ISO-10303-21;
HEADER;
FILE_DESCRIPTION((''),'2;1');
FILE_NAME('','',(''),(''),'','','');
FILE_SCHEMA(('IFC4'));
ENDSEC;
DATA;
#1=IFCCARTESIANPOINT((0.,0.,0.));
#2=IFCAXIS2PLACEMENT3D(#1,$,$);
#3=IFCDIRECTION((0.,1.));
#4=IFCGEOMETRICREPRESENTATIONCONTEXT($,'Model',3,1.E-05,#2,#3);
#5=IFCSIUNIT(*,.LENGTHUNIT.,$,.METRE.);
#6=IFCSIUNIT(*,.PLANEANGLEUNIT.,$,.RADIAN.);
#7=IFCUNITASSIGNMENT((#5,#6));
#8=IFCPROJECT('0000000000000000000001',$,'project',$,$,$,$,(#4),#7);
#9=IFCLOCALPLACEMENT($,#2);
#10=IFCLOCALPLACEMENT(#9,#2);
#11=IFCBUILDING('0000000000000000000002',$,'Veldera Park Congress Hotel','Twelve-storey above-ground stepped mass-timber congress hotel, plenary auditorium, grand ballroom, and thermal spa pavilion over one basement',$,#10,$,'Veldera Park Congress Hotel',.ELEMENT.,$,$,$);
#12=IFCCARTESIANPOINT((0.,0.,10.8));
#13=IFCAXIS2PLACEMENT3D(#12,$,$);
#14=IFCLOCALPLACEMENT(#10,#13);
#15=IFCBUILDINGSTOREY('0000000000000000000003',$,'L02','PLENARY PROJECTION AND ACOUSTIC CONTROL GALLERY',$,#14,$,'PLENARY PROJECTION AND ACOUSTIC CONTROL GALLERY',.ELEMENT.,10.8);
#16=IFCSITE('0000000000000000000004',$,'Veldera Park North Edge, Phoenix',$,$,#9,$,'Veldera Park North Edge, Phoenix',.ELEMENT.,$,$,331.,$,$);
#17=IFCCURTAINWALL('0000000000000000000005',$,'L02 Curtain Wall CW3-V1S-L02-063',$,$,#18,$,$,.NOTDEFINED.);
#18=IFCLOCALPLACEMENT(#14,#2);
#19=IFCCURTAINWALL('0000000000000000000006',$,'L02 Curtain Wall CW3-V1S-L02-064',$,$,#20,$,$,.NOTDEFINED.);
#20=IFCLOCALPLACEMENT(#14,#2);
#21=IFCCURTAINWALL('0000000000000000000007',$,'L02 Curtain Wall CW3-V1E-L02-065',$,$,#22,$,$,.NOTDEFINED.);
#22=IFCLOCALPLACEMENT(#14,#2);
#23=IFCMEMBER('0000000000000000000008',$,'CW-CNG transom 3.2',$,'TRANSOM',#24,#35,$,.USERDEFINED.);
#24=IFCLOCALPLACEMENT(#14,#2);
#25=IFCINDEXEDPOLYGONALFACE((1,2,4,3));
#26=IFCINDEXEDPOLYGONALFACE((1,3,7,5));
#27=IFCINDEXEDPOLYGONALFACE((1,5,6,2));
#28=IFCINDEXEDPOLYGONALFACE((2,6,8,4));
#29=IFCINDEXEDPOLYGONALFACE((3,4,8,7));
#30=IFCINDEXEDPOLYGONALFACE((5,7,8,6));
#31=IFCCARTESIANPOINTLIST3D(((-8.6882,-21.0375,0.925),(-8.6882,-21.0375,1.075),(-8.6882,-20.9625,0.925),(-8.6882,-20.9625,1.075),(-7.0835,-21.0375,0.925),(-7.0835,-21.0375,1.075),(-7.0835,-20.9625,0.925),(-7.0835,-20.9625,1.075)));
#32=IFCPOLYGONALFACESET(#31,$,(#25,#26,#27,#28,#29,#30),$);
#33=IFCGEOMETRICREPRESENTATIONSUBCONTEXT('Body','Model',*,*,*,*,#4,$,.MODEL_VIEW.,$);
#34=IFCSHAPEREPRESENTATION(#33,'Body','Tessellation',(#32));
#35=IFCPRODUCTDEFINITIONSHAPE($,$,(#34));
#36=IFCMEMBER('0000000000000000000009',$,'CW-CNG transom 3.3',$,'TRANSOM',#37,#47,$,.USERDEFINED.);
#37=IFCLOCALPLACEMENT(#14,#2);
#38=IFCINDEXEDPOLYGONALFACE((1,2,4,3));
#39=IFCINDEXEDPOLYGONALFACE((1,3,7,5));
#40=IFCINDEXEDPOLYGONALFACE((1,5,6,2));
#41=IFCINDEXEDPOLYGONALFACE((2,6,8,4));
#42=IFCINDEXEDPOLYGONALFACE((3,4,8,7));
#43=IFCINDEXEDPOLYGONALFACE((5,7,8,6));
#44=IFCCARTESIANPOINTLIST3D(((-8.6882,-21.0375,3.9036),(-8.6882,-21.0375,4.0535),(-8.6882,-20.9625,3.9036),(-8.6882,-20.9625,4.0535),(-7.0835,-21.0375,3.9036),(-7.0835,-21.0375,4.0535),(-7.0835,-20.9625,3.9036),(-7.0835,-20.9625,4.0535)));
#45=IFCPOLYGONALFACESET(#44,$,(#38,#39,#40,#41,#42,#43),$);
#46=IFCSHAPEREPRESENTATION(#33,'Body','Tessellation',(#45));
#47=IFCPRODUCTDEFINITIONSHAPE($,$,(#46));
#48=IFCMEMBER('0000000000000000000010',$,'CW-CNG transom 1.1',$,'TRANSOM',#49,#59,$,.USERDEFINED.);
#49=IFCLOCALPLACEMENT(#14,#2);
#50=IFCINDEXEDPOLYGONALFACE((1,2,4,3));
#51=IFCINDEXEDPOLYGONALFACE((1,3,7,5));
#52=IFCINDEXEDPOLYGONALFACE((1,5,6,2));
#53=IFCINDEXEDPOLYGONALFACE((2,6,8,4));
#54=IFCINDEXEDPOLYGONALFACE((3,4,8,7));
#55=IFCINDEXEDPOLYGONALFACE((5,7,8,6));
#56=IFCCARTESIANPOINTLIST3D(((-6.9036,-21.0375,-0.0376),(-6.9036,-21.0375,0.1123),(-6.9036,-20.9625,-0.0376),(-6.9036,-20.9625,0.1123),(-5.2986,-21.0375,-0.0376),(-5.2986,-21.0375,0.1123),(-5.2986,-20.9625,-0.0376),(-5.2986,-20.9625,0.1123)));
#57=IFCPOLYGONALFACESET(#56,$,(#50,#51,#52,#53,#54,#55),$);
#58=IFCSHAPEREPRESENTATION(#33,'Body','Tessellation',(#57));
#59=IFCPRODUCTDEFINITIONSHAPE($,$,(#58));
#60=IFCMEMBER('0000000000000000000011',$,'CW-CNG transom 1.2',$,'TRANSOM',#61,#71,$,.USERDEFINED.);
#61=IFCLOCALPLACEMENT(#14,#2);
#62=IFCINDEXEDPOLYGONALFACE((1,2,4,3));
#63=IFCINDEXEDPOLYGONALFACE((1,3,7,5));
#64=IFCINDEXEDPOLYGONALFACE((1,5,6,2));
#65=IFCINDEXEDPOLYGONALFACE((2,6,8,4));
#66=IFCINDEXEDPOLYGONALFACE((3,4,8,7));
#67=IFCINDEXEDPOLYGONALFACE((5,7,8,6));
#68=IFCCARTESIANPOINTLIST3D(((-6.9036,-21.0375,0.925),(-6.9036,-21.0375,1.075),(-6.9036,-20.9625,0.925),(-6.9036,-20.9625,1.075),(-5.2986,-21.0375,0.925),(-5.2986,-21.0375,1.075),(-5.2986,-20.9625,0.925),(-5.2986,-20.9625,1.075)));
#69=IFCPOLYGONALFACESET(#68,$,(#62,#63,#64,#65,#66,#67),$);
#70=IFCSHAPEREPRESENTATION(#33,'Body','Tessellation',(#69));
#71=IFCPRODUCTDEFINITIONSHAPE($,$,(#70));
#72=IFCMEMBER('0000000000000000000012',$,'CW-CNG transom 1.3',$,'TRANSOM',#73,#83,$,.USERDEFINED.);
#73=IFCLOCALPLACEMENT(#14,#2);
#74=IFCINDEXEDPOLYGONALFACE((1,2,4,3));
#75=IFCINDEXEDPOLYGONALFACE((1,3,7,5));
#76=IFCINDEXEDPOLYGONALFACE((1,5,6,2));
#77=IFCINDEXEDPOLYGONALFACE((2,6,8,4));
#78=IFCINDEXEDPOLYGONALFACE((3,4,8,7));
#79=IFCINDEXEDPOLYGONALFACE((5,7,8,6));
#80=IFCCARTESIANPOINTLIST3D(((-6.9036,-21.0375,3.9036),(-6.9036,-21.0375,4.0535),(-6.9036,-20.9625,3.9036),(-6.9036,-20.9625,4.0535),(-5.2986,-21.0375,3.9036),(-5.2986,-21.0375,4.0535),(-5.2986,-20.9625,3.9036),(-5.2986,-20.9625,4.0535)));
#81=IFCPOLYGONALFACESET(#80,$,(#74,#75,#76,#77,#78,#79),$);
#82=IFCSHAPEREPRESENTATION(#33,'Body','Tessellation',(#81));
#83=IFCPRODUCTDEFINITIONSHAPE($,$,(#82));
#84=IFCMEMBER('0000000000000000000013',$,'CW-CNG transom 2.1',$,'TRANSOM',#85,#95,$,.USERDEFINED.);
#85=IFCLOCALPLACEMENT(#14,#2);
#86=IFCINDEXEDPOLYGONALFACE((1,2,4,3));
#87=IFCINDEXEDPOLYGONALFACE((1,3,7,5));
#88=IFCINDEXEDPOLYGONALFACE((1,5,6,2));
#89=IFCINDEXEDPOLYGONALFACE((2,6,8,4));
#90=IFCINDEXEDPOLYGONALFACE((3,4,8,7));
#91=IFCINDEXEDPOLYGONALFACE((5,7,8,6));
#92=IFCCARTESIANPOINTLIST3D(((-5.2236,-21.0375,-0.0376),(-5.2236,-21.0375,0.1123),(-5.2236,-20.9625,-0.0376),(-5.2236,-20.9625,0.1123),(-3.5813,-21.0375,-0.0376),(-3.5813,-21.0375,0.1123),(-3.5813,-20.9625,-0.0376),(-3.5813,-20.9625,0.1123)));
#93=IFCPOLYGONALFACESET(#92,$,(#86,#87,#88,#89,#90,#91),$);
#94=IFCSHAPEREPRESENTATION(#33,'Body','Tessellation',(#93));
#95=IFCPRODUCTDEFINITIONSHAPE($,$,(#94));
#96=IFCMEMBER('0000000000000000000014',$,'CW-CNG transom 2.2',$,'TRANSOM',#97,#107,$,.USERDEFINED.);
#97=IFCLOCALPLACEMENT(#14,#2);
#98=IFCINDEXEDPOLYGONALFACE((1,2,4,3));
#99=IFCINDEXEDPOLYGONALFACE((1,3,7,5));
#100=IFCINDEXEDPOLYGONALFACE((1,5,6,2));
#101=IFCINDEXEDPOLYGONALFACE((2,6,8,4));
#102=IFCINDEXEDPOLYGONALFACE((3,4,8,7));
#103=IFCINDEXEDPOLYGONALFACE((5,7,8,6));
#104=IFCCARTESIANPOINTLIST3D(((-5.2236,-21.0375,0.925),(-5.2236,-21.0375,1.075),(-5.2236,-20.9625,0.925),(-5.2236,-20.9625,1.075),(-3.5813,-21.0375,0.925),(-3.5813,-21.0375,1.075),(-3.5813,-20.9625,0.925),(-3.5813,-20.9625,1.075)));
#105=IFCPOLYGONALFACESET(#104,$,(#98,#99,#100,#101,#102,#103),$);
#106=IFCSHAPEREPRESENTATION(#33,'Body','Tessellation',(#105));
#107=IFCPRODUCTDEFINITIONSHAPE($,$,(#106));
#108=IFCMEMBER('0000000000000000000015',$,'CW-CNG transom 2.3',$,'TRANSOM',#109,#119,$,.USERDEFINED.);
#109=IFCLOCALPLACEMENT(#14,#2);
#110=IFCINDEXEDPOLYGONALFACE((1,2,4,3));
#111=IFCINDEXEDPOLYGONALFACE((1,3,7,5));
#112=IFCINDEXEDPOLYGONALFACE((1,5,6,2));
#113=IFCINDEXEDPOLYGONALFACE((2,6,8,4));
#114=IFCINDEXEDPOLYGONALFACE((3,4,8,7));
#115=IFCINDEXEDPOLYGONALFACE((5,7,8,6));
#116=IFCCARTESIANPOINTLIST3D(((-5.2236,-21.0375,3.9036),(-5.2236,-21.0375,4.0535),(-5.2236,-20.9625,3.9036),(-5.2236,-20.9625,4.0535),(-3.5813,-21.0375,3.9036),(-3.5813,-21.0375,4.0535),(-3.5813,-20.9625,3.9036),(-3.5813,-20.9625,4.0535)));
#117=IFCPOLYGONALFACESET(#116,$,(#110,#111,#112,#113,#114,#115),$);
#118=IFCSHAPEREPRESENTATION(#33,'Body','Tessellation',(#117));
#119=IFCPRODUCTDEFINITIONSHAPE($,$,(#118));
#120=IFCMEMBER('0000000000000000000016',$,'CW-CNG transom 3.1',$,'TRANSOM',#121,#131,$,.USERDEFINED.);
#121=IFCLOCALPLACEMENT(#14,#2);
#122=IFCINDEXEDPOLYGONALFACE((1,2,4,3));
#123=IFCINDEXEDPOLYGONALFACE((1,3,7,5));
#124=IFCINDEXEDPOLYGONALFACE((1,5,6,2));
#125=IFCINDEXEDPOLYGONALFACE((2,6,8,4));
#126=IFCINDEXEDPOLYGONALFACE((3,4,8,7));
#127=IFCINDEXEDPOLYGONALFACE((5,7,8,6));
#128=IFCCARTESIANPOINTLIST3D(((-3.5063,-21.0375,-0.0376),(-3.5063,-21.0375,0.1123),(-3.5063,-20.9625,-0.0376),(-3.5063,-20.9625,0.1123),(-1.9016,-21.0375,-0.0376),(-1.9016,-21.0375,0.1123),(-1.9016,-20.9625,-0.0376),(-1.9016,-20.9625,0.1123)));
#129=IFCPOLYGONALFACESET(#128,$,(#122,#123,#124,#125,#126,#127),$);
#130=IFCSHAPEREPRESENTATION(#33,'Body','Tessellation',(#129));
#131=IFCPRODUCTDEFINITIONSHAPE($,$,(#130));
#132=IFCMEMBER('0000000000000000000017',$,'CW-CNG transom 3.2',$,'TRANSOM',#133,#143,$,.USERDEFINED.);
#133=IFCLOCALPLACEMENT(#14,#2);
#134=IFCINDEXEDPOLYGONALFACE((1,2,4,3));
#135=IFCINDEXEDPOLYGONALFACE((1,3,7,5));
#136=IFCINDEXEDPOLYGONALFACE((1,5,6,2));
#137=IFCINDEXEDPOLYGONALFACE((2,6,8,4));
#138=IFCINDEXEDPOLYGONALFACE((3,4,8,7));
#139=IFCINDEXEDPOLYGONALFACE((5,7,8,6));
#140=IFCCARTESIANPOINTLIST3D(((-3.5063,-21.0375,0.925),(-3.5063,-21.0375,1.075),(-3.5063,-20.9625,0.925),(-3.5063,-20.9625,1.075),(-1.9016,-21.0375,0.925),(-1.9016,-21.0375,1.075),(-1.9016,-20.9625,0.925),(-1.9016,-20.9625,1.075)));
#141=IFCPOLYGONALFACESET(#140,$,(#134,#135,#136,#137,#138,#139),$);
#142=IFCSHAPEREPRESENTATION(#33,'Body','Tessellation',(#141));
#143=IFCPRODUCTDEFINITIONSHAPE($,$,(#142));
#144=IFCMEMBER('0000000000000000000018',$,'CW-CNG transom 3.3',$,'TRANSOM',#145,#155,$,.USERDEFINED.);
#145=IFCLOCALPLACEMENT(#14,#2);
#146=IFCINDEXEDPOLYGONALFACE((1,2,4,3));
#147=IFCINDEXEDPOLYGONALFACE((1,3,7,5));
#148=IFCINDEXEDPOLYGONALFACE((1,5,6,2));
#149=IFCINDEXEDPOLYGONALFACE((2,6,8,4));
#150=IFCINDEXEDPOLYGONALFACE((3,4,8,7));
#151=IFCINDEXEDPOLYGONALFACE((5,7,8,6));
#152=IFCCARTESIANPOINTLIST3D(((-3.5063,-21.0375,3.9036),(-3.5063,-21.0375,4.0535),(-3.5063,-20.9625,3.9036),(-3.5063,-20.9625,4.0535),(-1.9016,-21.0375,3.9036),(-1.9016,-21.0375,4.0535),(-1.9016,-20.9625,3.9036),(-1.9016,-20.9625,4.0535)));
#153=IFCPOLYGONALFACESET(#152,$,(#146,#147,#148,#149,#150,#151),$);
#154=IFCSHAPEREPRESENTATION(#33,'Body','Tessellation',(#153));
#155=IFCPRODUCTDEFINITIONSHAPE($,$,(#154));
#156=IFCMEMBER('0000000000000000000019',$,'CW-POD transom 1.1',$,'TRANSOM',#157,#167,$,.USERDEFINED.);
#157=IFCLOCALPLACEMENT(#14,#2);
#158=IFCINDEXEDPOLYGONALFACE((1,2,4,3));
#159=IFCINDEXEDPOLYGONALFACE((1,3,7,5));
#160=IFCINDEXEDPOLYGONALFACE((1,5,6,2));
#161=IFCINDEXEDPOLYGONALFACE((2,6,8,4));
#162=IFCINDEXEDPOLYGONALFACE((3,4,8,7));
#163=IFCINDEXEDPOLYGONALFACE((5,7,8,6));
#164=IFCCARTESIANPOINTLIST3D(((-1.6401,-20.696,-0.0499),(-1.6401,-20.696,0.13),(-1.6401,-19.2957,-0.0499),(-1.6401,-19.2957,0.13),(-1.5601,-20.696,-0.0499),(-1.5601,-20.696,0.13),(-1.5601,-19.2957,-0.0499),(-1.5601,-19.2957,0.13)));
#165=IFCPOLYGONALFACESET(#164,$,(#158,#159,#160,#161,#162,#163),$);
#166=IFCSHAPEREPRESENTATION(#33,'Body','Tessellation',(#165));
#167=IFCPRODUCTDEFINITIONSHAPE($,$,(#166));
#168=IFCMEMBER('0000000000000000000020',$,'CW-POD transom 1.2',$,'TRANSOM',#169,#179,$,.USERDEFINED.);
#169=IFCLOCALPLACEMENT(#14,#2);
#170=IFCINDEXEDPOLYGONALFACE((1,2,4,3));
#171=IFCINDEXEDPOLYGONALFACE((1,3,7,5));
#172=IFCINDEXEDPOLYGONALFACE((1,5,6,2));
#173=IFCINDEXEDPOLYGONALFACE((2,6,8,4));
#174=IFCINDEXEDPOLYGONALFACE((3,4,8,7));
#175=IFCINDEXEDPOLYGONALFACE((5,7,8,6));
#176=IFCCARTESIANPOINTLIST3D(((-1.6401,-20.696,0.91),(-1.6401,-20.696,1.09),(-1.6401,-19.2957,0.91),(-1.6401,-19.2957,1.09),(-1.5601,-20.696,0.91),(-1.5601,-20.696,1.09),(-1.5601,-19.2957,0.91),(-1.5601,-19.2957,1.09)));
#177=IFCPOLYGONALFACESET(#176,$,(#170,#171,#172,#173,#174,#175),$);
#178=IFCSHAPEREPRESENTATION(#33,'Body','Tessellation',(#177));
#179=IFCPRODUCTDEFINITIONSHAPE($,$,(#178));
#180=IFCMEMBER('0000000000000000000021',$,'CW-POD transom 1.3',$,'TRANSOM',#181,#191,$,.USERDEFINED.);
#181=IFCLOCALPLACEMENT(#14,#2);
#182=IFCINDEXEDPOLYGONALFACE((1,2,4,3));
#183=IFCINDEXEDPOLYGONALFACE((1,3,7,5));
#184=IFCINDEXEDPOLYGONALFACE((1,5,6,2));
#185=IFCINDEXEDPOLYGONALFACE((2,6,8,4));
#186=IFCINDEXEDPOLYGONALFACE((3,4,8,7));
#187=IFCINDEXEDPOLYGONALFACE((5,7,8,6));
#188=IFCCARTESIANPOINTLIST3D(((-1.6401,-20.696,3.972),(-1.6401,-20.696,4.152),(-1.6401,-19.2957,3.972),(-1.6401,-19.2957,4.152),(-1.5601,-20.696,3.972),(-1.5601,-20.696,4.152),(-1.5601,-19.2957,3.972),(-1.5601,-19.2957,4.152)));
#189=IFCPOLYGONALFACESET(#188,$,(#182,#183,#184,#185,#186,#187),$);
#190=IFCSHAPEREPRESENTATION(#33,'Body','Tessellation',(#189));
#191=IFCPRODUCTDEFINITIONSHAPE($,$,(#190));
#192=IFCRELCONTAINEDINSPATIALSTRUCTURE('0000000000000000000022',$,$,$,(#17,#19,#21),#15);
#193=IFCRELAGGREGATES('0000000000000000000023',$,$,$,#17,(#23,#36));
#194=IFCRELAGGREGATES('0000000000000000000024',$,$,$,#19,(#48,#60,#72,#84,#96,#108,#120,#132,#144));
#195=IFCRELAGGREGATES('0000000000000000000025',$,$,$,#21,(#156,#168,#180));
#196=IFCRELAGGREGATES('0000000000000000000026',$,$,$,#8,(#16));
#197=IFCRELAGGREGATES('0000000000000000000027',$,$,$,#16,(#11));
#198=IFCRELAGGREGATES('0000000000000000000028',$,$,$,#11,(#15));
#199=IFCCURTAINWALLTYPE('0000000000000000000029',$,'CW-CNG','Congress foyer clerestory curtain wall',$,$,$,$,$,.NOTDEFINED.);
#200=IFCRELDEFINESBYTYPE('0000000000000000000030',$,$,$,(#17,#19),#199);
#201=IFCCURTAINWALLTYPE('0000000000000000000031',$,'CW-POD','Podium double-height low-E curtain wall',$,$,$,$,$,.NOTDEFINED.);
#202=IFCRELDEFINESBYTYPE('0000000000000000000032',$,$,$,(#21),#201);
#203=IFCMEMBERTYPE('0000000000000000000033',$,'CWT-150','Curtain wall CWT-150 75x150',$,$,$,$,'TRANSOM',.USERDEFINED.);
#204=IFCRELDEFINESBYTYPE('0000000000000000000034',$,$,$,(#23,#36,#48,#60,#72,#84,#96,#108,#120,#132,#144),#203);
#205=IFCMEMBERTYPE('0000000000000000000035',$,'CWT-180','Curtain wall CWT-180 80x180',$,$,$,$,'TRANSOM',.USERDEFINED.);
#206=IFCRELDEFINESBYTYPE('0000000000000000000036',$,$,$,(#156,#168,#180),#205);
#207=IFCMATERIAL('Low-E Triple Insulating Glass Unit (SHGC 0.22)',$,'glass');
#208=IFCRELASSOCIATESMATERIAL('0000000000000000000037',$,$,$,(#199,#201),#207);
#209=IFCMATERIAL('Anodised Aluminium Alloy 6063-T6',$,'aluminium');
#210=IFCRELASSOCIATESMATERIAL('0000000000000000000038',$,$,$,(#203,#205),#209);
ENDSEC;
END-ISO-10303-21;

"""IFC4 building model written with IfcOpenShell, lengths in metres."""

from ifc_helpers import new_model, si_unit, direction, frame, origin, origin_2d, place, context, subcontext, project, spatial, rectangle, extrude, material, material_profile, profile_set, type_object, element, aggregate, save


model = new_model("IFC4")

# Units and contexts
model_context = context("Model", 3, precision=1e-05, world=origin(), true_north=direction((0.0, 1.0)))
body_context = subcontext(model_context, "Body", "Model", "MODEL_VIEW")
ifc_project = project(units=[si_unit("LENGTHUNIT", "METRE"), si_unit("PLANEANGLEUNIT", "RADIAN")], contexts=[model_context])

# Site, building, storey
site_placement = place(None, origin())
site = spatial("IfcSite", under=ifc_project, at=site_placement, Name="Veldera Park North Edge, Phoenix", LongName="Veldera Park North Edge, Phoenix", CompositionType="ELEMENT", RefElevation=331.0)
building_placement = place(site_placement, origin())
building = spatial("IfcBuilding", under=site, at=building_placement, Name="Veldera Park Congress Hotel", Description="Twelve-storey above-ground stepped mass-timber congress hotel, plenary auditorium, grand ballroom, and thermal spa pavilion over one basement", LongName="Veldera Park Congress Hotel", CompositionType="ELEMENT")
storey_placement = place(building_placement, frame((0.0, 0.0, 10.8)))
storey = spatial("IfcBuildingStorey", under=building, at=storey_placement, Name="L02", Description="PLENARY PROJECTION AND ACOUSTIC CONTROL GALLERY", LongName="PLENARY PROJECTION AND ACOUSTIC CONTROL GALLERY", CompositionType="ELEMENT", Elevation=10.8)

# Curtain walls
ifc_material_1 = material(Name="Low-E Triple Insulating Glass Unit (SHGC 0.22)", Category="glass")
curtain_wall_type_1 = type_object("IfcCurtainWallType", Name="CW-CNG", Description="Congress foyer clerestory curtain wall", PredefinedType="NOTDEFINED", material=ifc_material_1)
curtain_wall_1_placement = place(storey_placement, origin())
curtain_wall_1 = element("IfcCurtainWall", 1, at=curtain_wall_1_placement, inside=storey, type_object=curtain_wall_type_1, Name="L02 Curtain Wall CW3-V1S-L02-063", PredefinedType="NOTDEFINED")
ifc_material_2 = material(Name="Anodised Aluminium Alloy 6063-T6", Category="aluminium")
curtain_wall_2_placement = place(storey_placement, origin())
curtain_wall_2 = element("IfcCurtainWall", 2, at=curtain_wall_2_placement, inside=storey, type_object=curtain_wall_type_1, Name="L02 Curtain Wall CW3-V1S-L02-064", PredefinedType="NOTDEFINED")

# Curtain wall
curtain_wall_type_2 = type_object("IfcCurtainWallType", Name="CW-POD", Description="Podium double-height low-E curtain wall", PredefinedType="NOTDEFINED", material=ifc_material_1)
curtain_wall_3_placement = place(storey_placement, origin())
curtain_wall_3 = element("IfcCurtainWall", 3, at=curtain_wall_3_placement, inside=storey, type_object=curtain_wall_type_2, Name="L02 Curtain Wall CW3-V1E-L02-065", PredefinedType="NOTDEFINED")

# Members
ifc_material_profile_1 = material_profile(ifc_material_2, rectangle(XDim=0.075, YDim=0.1499, at=origin_2d()), Name="ALU 75x150")
ifc_profile_set_1 = profile_set([ifc_material_profile_1], Name="Anodised Aluminium Alloy 6063-T6")
member_type_1 = type_object("IfcMemberType", Name="CWT-150", Description="Curtain wall CWT-150 75x150", ElementType="TRANSOM", PredefinedType="USERDEFINED", material=ifc_profile_set_1)
member_1_placement = place(storey_placement, frame((-8.6882, -21.0, 1.0), z_axis=(1.0, 0.0, 0.0), x_axis=(0.0, 1.0, 0.0)))
member_1 = element("IfcMember", 4, at=member_1_placement, type_object=member_type_1, Name="CW-CNG transom 3.2", ObjectType="TRANSOM", PredefinedType="USERDEFINED", context=body_context, shape_type="SweptSolid", body=[
    extrude(rectangle(XDim=0.075, YDim=0.1499, at=origin_2d()), origin(), (0.0, 0.0, 1.0), 1.6047),
])
member_2_placement = place(storey_placement, frame((-8.6882, -21.0, 3.9785), z_axis=(1.0, 0.0, 0.0), x_axis=(0.0, 1.0, 0.0)))
member_2 = element("IfcMember", 5, at=member_2_placement, type_object=member_type_1, Name="CW-CNG transom 3.3", ObjectType="TRANSOM", PredefinedType="USERDEFINED", context=body_context, shape_type="SweptSolid", body=[
    extrude(rectangle(XDim=0.075, YDim=0.1499, at=origin_2d()), origin(), (0.0, 0.0, 1.0), 1.6047),
])
member_3_placement = place(storey_placement, frame((-6.9036, -21.0, 0.0374), z_axis=(1.0, 0.0, 0.0), x_axis=(0.0, 1.0, 0.0)))
member_3 = element("IfcMember", 6, at=member_3_placement, type_object=member_type_1, Name="CW-CNG transom 1.1", ObjectType="TRANSOM", PredefinedType="USERDEFINED", context=body_context, shape_type="SweptSolid", body=[
    extrude(rectangle(XDim=0.075, YDim=0.1499, at=origin_2d()), origin(), (0.0, 0.0, 1.0), 1.605),
])
member_4_placement = place(storey_placement, frame((-6.9036, -21.0, 1.0), z_axis=(1.0, 0.0, 0.0), x_axis=(0.0, 1.0, 0.0)))
member_4 = element("IfcMember", 7, at=member_4_placement, type_object=member_type_1, Name="CW-CNG transom 1.2", ObjectType="TRANSOM", PredefinedType="USERDEFINED", context=body_context, shape_type="SweptSolid", body=[
    extrude(rectangle(XDim=0.075, YDim=0.1499, at=origin_2d()), origin(), (0.0, 0.0, 1.0), 1.605),
])
member_5_placement = place(storey_placement, frame((-6.9036, -21.0, 3.9785), z_axis=(1.0, 0.0, 0.0), x_axis=(0.0, 1.0, 0.0)))
member_5 = element("IfcMember", 8, at=member_5_placement, type_object=member_type_1, Name="CW-CNG transom 1.3", ObjectType="TRANSOM", PredefinedType="USERDEFINED", context=body_context, shape_type="SweptSolid", body=[
    extrude(rectangle(XDim=0.075, YDim=0.1499, at=origin_2d()), origin(), (0.0, 0.0, 1.0), 1.605),
])
member_6_placement = place(storey_placement, frame((-5.2236, -21.0, 0.0374), z_axis=(1.0, 0.0, 0.0), x_axis=(0.0, 1.0, 0.0)))
member_6 = element("IfcMember", 9, at=member_6_placement, type_object=member_type_1, Name="CW-CNG transom 2.1", ObjectType="TRANSOM", PredefinedType="USERDEFINED", context=body_context, shape_type="SweptSolid", body=[
    extrude(rectangle(XDim=0.075, YDim=0.1499, at=origin_2d()), origin(), (0.0, 0.0, 1.0), 1.6423),
])
member_7_placement = place(storey_placement, frame((-5.2236, -21.0, 1.0), z_axis=(1.0, 0.0, 0.0), x_axis=(0.0, 1.0, 0.0)))
member_7 = element("IfcMember", 10, at=member_7_placement, type_object=member_type_1, Name="CW-CNG transom 2.2", ObjectType="TRANSOM", PredefinedType="USERDEFINED", context=body_context, shape_type="SweptSolid", body=[
    extrude(rectangle(XDim=0.075, YDim=0.1499, at=origin_2d()), origin(), (0.0, 0.0, 1.0), 1.6423),
])
member_8_placement = place(storey_placement, frame((-5.2236, -21.0, 3.9785), z_axis=(1.0, 0.0, 0.0), x_axis=(0.0, 1.0, 0.0)))
member_8 = element("IfcMember", 11, at=member_8_placement, type_object=member_type_1, Name="CW-CNG transom 2.3", ObjectType="TRANSOM", PredefinedType="USERDEFINED", context=body_context, shape_type="SweptSolid", body=[
    extrude(rectangle(XDim=0.075, YDim=0.1499, at=origin_2d()), origin(), (0.0, 0.0, 1.0), 1.6423),
])
member_9_placement = place(storey_placement, frame((-3.5063, -21.0, 0.0374), z_axis=(1.0, 0.0, 0.0), x_axis=(0.0, 1.0, 0.0)))
member_9 = element("IfcMember", 12, at=member_9_placement, type_object=member_type_1, Name="CW-CNG transom 3.1", ObjectType="TRANSOM", PredefinedType="USERDEFINED", context=body_context, shape_type="SweptSolid", body=[
    extrude(rectangle(XDim=0.075, YDim=0.1499, at=origin_2d()), origin(), (0.0, 0.0, 1.0), 1.6047),
])
member_10_placement = place(storey_placement, frame((-3.5063, -21.0, 1.0), z_axis=(1.0, 0.0, 0.0), x_axis=(0.0, 1.0, 0.0)))
member_10 = element("IfcMember", 13, at=member_10_placement, type_object=member_type_1, Name="CW-CNG transom 3.2", ObjectType="TRANSOM", PredefinedType="USERDEFINED", context=body_context, shape_type="SweptSolid", body=[
    extrude(rectangle(XDim=0.075, YDim=0.1499, at=origin_2d()), origin(), (0.0, 0.0, 1.0), 1.6047),
])
member_11_placement = place(storey_placement, frame((-3.5063, -21.0, 3.9785), z_axis=(1.0, 0.0, 0.0), x_axis=(0.0, 1.0, 0.0)))
member_11 = element("IfcMember", 14, at=member_11_placement, type_object=member_type_1, Name="CW-CNG transom 3.3", ObjectType="TRANSOM", PredefinedType="USERDEFINED", context=body_context, shape_type="SweptSolid", body=[
    extrude(rectangle(XDim=0.075, YDim=0.1499, at=origin_2d()), origin(), (0.0, 0.0, 1.0), 1.6047),
])
ifc_material_profile_2 = material_profile(ifc_material_2, rectangle(XDim=0.0801, YDim=0.1799, at=origin_2d()), Name="ALU 80x180")
ifc_profile_set_2 = profile_set([ifc_material_profile_2], Name="Anodised Aluminium Alloy 6063-T6")
member_type_2 = type_object("IfcMemberType", Name="CWT-180", Description="Curtain wall CWT-180 80x180", ElementType="TRANSOM", PredefinedType="USERDEFINED", material=ifc_profile_set_2)
member_12_placement = place(storey_placement, frame((-1.6001, -20.696, 0.04), z_axis=(0.0, 1.0, 0.0), x_axis=(-1.0, 0.0, 0.0)))
member_12 = element("IfcMember", 15, at=member_12_placement, type_object=member_type_2, Name="CW-POD transom 1.1", ObjectType="TRANSOM", PredefinedType="USERDEFINED", context=body_context, shape_type="SweptSolid", body=[
    extrude(rectangle(XDim=0.0801, YDim=0.1799, at=origin_2d()), origin(), (0.0, 0.0, 1.0), 1.4004),
])
member_13_placement = place(storey_placement, frame((-1.6001, -20.696, 1.0), z_axis=(0.0, 1.0, 0.0), x_axis=(-1.0, 0.0, 0.0)))
member_13 = element("IfcMember", 16, at=member_13_placement, type_object=member_type_2, Name="CW-POD transom 1.2", ObjectType="TRANSOM", PredefinedType="USERDEFINED", context=body_context, shape_type="SweptSolid", body=[
    extrude(rectangle(XDim=0.0801, YDim=0.1799, at=origin_2d()), origin(), (0.0, 0.0, 1.0), 1.4004),
])
member_14_placement = place(storey_placement, frame((-1.6001, -20.696, 4.062), z_axis=(0.0, 1.0, 0.0), x_axis=(-1.0, 0.0, 0.0)))
member_14 = element("IfcMember", 17, at=member_14_placement, type_object=member_type_2, Name="CW-POD transom 1.3", ObjectType="TRANSOM", PredefinedType="USERDEFINED", context=body_context, shape_type="SweptSolid", body=[
    extrude(rectangle(XDim=0.0801, YDim=0.1799, at=origin_2d()), origin(), (0.0, 0.0, 1.0), 1.4004),
])

aggregate(curtain_wall_1, [member_1, member_2])
aggregate(curtain_wall_2, [member_3, member_4, member_5, member_6, member_7, member_8, member_9, member_10, member_11])
aggregate(curtain_wall_3, [member_12, member_13, member_14])

save(model, "model.ifc")
